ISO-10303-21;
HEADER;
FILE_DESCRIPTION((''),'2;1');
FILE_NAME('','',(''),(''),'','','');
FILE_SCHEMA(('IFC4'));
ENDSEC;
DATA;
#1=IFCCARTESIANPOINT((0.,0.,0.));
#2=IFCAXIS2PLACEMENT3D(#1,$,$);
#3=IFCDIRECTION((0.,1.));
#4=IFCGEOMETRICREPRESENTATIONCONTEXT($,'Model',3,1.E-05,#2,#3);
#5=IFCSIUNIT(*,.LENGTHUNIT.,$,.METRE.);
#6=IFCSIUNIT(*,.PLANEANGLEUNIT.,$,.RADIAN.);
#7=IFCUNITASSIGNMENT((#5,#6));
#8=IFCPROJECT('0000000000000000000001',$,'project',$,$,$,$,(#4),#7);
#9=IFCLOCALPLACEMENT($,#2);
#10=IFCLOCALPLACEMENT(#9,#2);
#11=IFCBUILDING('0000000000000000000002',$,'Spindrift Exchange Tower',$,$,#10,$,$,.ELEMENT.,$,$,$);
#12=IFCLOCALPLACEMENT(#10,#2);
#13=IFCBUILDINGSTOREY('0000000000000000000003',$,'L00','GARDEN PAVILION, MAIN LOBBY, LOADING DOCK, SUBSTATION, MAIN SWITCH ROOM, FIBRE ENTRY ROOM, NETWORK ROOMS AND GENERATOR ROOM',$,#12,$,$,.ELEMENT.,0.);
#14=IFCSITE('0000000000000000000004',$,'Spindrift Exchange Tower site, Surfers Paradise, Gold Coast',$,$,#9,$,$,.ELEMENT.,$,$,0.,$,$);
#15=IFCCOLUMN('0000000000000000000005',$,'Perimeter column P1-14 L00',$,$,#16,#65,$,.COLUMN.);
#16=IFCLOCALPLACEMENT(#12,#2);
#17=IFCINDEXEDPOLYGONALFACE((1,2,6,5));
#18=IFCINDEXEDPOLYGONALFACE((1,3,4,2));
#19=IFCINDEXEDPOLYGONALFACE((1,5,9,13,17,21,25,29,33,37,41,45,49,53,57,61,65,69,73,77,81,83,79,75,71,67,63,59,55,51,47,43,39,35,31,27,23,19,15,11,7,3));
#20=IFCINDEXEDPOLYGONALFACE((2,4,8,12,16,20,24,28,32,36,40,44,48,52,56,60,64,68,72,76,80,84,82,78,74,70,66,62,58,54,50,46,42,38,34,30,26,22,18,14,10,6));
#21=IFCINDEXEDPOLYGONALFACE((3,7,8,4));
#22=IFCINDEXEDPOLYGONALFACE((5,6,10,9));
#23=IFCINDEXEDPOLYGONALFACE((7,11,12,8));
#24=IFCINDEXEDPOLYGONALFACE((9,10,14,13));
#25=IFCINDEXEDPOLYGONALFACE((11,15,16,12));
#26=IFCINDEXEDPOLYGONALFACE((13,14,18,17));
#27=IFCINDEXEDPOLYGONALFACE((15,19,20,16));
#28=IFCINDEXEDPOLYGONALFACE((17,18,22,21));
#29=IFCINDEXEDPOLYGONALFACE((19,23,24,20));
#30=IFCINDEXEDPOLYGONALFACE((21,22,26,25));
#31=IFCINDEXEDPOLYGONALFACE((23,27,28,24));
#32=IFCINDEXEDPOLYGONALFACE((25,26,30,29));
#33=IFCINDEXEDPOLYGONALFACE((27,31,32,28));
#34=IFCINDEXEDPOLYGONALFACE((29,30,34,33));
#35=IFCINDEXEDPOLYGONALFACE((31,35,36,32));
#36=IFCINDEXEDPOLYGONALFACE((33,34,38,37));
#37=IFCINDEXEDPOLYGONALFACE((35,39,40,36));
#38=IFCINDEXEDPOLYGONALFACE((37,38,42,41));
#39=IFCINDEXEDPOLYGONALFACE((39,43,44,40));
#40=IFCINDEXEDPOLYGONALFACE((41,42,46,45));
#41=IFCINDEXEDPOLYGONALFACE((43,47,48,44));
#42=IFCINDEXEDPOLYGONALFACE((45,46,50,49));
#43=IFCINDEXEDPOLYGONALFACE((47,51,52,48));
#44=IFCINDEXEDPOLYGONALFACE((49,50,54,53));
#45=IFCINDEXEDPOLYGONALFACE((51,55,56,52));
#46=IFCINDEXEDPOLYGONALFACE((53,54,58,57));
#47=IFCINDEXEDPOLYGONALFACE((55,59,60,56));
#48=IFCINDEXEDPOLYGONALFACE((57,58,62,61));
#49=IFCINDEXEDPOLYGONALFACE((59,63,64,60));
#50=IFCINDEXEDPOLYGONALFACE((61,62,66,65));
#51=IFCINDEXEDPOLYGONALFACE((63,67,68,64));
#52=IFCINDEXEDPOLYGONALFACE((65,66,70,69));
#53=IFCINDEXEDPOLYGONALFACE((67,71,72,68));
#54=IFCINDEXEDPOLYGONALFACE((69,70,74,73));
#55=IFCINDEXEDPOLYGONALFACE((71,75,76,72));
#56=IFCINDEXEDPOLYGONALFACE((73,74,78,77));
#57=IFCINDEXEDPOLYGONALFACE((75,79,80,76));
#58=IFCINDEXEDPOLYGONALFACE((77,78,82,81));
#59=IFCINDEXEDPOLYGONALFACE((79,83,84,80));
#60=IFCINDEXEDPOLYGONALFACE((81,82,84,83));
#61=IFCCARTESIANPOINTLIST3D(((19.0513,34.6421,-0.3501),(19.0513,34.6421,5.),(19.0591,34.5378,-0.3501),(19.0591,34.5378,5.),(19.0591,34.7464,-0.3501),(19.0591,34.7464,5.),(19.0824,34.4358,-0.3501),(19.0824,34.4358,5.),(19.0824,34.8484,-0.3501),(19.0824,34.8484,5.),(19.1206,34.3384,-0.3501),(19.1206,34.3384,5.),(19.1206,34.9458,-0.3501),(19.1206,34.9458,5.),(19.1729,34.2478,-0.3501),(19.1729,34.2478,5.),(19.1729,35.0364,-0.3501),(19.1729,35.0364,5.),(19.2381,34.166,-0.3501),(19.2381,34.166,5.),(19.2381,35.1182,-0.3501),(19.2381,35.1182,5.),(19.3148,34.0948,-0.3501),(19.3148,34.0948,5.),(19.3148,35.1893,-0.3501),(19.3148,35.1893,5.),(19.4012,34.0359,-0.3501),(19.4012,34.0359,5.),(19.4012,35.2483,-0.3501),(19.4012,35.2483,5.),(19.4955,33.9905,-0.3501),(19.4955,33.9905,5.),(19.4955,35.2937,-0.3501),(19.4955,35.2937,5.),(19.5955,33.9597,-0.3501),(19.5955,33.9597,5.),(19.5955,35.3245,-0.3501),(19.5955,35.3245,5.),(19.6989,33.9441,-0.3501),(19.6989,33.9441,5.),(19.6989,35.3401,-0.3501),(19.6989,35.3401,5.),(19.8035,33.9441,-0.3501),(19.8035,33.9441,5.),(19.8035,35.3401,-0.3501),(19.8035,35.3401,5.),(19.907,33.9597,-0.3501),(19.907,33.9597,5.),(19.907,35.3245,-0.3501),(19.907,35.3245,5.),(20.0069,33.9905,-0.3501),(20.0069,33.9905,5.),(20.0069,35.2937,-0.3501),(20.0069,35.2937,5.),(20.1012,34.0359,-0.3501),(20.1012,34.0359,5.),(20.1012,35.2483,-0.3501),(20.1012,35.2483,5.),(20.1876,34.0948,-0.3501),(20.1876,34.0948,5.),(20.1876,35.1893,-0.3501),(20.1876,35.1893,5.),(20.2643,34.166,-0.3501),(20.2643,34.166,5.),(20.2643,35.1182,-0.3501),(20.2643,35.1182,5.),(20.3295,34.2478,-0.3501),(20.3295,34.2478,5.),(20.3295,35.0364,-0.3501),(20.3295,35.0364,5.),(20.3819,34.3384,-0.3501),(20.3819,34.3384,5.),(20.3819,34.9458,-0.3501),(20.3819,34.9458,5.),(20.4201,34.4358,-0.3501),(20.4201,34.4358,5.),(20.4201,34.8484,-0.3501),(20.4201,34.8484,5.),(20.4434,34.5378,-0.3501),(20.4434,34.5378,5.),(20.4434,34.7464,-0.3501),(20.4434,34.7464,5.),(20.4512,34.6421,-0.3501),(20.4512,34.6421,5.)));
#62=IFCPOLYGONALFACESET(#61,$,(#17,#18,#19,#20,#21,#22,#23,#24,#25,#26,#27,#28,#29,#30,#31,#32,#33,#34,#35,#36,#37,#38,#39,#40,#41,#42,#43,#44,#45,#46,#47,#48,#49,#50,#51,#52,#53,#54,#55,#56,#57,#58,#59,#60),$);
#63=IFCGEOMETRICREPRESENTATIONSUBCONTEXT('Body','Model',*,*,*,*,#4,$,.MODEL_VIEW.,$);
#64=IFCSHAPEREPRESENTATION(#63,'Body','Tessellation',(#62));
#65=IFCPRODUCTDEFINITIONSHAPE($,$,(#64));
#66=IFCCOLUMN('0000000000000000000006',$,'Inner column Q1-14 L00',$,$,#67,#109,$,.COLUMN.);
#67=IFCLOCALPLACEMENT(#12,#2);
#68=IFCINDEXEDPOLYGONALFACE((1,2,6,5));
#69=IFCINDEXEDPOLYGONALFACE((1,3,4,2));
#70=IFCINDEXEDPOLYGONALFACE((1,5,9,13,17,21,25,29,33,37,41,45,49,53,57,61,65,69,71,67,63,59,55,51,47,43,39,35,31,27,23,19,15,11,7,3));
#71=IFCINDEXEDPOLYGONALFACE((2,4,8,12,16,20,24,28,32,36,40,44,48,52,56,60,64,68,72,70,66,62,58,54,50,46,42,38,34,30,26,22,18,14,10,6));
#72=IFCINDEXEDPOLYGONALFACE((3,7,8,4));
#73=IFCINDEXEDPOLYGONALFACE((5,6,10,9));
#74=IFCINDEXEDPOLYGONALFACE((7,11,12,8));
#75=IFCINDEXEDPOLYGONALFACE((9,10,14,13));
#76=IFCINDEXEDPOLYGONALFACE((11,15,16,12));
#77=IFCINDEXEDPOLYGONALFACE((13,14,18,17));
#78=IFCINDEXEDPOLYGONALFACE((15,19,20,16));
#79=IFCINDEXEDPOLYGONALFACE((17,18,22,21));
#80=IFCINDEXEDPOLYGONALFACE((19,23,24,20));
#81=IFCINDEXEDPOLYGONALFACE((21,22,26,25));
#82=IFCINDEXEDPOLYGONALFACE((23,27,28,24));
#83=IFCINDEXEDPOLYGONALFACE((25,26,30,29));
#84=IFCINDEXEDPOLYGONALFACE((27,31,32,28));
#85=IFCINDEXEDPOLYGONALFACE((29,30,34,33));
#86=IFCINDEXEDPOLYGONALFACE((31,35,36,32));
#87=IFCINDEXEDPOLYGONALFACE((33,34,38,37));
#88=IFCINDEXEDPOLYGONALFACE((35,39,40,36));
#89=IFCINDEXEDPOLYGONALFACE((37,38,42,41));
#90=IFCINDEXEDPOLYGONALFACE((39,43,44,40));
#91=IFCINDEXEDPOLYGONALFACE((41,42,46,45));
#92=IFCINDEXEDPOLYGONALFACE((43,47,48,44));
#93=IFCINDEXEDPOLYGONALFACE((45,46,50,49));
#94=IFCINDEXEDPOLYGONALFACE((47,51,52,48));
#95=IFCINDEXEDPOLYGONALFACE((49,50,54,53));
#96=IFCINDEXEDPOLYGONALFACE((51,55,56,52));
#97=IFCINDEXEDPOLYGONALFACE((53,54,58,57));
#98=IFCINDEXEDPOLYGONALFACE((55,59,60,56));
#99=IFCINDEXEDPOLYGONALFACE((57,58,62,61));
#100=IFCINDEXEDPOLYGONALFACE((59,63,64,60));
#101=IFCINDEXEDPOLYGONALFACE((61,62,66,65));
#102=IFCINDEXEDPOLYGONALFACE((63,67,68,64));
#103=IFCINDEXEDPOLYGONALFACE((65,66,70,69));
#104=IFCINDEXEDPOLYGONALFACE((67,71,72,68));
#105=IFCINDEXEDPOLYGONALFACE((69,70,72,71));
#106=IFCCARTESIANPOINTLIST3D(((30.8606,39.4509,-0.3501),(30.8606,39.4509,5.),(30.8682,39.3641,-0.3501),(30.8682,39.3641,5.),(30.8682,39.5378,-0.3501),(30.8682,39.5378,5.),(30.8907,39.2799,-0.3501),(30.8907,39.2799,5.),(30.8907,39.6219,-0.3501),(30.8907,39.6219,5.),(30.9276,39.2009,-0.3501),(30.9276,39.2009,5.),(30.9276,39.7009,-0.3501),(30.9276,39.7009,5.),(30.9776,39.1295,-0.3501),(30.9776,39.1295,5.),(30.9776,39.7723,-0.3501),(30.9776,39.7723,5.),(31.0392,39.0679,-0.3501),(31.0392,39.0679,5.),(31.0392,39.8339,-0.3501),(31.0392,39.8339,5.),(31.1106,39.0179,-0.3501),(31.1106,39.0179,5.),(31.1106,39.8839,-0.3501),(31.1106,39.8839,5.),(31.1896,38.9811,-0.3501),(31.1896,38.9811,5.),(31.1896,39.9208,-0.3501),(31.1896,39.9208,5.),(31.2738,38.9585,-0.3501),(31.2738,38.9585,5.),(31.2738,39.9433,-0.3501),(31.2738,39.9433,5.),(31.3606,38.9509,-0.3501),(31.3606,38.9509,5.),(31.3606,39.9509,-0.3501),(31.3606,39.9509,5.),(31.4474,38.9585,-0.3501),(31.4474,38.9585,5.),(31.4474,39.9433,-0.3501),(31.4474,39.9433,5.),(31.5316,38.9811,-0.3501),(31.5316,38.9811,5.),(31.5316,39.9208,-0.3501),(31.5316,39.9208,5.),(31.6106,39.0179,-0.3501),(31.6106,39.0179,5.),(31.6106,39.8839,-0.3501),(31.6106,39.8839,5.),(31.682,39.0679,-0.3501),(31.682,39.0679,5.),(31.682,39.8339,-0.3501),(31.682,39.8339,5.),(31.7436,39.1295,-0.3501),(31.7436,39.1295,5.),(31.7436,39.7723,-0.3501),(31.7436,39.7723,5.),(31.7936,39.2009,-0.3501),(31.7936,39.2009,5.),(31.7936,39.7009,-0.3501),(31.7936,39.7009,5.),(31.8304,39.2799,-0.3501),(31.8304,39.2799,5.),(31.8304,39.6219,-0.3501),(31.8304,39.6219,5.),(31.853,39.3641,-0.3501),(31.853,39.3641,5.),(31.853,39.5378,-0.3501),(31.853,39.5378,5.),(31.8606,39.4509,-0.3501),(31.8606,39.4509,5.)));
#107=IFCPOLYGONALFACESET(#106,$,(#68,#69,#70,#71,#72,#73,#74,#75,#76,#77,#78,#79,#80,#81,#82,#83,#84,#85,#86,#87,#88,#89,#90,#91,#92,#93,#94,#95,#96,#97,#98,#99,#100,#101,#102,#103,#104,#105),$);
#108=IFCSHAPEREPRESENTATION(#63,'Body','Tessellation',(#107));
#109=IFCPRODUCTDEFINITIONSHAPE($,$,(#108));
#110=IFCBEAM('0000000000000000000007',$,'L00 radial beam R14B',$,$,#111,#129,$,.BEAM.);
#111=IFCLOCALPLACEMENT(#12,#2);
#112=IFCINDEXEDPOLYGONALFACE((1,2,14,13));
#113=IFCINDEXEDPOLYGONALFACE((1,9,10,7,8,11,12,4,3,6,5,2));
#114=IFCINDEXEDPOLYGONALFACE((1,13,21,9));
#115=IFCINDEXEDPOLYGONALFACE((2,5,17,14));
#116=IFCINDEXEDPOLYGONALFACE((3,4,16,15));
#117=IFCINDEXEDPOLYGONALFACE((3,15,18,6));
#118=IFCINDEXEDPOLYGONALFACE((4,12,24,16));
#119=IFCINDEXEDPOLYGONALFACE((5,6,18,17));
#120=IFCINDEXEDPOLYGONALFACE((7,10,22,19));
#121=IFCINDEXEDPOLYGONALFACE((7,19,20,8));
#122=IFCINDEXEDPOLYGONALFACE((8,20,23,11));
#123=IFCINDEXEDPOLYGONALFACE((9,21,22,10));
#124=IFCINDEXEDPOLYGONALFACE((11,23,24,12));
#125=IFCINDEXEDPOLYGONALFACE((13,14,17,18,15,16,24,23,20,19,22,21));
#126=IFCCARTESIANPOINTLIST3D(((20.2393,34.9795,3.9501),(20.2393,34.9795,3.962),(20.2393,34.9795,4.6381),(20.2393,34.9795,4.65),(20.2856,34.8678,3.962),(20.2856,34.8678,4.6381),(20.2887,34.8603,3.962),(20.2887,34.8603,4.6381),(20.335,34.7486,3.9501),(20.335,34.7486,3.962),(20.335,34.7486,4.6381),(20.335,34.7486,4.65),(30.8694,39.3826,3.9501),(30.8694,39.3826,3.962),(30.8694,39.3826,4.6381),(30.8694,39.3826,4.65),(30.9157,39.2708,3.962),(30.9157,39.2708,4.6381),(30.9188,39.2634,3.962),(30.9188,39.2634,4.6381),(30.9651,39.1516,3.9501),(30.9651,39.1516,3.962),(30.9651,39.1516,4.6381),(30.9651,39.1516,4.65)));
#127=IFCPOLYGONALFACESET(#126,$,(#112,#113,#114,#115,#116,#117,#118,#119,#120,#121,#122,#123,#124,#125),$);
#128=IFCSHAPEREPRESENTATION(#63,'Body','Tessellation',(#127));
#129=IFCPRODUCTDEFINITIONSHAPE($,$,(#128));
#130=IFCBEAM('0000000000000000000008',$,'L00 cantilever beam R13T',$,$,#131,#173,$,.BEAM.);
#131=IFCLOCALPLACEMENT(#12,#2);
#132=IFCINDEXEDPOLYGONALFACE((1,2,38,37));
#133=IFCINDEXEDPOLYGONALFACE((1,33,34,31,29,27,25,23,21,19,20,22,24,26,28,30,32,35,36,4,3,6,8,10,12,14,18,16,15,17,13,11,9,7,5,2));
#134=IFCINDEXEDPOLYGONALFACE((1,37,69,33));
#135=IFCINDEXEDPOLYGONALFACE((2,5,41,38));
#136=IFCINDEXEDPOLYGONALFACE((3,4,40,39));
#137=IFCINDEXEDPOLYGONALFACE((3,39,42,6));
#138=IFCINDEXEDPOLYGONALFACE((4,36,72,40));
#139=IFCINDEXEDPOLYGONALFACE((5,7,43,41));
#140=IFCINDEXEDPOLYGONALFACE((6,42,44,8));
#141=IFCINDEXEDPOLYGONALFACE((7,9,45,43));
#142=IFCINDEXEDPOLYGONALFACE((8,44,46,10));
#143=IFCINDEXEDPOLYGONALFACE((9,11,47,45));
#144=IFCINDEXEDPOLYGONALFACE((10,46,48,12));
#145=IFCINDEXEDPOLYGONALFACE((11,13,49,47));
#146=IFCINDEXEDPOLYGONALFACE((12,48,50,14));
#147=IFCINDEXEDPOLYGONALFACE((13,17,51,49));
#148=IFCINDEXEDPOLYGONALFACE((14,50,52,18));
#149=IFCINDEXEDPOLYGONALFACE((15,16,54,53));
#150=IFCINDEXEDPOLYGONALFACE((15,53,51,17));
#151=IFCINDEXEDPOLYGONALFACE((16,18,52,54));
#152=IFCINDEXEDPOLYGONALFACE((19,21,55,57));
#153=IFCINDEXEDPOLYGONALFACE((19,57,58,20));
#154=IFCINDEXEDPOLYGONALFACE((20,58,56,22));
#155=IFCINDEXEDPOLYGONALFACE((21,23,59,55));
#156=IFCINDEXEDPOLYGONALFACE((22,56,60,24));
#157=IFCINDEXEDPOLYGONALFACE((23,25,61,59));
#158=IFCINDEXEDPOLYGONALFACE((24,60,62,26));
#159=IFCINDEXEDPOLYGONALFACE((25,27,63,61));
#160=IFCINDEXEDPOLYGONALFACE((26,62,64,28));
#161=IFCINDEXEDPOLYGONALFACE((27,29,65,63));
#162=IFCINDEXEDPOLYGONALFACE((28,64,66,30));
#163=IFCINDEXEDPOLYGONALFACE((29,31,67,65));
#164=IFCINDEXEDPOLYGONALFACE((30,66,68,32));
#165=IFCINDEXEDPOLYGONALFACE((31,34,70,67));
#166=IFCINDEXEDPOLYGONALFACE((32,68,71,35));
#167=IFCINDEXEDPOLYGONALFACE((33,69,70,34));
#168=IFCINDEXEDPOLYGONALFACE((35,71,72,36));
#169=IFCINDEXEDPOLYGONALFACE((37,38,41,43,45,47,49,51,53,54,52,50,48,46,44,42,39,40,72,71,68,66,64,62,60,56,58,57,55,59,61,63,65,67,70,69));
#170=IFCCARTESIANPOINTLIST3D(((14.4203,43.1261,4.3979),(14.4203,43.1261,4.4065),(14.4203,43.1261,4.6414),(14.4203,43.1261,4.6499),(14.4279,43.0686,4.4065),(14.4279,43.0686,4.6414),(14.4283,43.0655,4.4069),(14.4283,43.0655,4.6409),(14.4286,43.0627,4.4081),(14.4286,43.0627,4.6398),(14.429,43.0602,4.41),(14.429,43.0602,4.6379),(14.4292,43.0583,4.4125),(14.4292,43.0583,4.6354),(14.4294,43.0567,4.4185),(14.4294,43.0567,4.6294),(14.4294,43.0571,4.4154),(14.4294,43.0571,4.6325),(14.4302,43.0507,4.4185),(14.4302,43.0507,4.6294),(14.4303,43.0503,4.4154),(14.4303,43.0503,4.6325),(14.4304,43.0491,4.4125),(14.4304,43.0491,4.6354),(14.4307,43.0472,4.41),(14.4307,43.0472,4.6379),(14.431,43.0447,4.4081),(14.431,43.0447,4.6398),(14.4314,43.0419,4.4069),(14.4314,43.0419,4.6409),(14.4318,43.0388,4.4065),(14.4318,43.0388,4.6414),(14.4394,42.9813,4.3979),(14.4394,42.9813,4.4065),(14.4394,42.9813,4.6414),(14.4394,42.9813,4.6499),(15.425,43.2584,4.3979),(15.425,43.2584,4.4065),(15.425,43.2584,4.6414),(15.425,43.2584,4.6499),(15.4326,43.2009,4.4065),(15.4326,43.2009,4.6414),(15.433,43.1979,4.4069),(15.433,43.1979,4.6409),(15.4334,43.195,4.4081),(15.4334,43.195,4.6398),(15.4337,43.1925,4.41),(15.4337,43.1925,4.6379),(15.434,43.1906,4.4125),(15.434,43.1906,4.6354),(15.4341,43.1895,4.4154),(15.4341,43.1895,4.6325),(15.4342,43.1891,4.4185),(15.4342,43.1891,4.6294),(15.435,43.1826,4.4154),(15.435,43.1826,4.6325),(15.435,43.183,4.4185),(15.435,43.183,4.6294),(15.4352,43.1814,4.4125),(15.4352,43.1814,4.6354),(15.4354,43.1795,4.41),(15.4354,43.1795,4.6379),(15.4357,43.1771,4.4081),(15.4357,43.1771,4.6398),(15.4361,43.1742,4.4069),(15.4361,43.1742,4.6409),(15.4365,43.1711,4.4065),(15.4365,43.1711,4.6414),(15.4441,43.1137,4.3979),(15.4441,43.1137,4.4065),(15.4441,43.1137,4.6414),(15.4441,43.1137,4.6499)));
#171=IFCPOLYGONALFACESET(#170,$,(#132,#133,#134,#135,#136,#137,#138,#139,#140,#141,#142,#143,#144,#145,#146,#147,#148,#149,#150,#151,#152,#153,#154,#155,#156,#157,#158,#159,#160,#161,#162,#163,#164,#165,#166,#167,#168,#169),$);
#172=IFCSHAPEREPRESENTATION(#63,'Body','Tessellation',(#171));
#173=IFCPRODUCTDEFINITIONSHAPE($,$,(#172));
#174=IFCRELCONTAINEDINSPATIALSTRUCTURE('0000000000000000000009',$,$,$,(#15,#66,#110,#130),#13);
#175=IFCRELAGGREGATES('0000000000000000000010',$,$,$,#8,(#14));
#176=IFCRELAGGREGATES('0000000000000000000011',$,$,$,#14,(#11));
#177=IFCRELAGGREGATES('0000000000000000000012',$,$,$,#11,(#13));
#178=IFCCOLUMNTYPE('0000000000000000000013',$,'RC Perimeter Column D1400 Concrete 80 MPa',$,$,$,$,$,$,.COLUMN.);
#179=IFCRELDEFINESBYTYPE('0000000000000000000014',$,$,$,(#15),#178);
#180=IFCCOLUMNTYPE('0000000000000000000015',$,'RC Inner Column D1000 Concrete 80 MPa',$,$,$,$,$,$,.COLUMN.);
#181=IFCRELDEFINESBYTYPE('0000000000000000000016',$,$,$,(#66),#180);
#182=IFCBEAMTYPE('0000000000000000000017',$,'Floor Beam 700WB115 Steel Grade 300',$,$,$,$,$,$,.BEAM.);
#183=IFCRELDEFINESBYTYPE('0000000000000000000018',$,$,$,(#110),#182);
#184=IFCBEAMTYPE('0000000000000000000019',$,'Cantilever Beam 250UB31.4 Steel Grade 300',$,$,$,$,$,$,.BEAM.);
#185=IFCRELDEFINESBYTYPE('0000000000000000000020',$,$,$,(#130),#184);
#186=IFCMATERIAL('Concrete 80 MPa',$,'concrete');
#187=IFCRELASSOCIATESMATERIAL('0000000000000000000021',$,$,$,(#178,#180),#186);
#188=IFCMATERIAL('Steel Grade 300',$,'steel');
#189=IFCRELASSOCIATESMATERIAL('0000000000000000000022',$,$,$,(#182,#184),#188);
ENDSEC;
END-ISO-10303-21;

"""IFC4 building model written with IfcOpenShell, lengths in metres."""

from ifc_helpers import new_model, si_unit, direction, frame, origin, origin_2d, place, context, subcontext, project, spatial, circle, i_section, extrude, source, transform, mapped, material, material_profile, profile_set, type_object, element, save


model = new_model("IFC4")

# Units and contexts
model_context = context("Model", 3, precision=1e-05, world=origin(), true_north=direction((0.0, 1.0)))
body_context = subcontext(model_context, "Body", "Model", "MODEL_VIEW")
ifc_project = project(units=[si_unit("LENGTHUNIT", "METRE"), si_unit("PLANEANGLEUNIT", "RADIAN")], contexts=[model_context])

# Site, building, storey
site_placement = place(None, origin())
site = spatial("IfcSite", under=ifc_project, at=site_placement, Name="Spindrift Exchange Tower site, Surfers Paradise, Gold Coast", CompositionType="ELEMENT", RefElevation=0.0)
building_placement = place(site_placement, origin())
building = spatial("IfcBuilding", under=site, at=building_placement, Name="Spindrift Exchange Tower", CompositionType="ELEMENT")
storey_placement = place(building_placement, origin())
storey = spatial("IfcBuildingStorey", under=building, at=storey_placement, Name="L00", Description="GARDEN PAVILION, MAIN LOBBY, LOADING DOCK, SUBSTATION, MAIN SWITCH ROOM, FIBRE ENTRY ROOM, NETWORK ROOMS AND GENERATOR ROOM", CompositionType="ELEMENT", Elevation=0.0)

# Columns
ifc_material_1 = material(Name="Concrete 80 MPa", Category="concrete")
ifc_material_profile_1 = material_profile(ifc_material_1, circle(Radius=0.7, at=origin_2d()), Name="RC D1400")
ifc_profile_set_1 = profile_set([ifc_material_profile_1], Name="Concrete 80 MPa")
column_type_1 = type_object("IfcColumnType", Name="RC Perimeter Column D1400 Concrete 80 MPa", PredefinedType="COLUMN", material=ifc_profile_set_1)
shared_shape_1 = source(origin(), body_context, "Body", "SweptSolid", [
    extrude(circle(Radius=0.7, at=origin_2d()), origin(), (0.0, 0.0, 1.0), 5.3501),
])
for number, where, z_axis, x_axis, name in (
    (1, (19.7512, 34.6421, -0.3501), (0.0, 0.0, 1.0), (1.0, 0.0, 0.0), "Perimeter column P1-14 L00"),
):
    element("IfcColumn", number, at=place(storey_placement, frame(where, z_axis=z_axis, x_axis=x_axis)), inside=storey, type_object=column_type_1, Name=name, PredefinedType="COLUMN", context=body_context, shape_type="MappedRepresentation", body=[
        mapped(shared_shape_1, transform((0.0, 0.0, 0.0), scale=1.0)),
    ])
ifc_material_profile_2 = material_profile(ifc_material_1, circle(Radius=0.5, at=origin_2d()), Name="RC D1000")
ifc_profile_set_2 = profile_set([ifc_material_profile_2], Name="Concrete 80 MPa")
column_type_2 = type_object("IfcColumnType", Name="RC Inner Column D1000 Concrete 80 MPa", PredefinedType="COLUMN", material=ifc_profile_set_2)
shared_shape_2 = source(origin(), body_context, "Body", "SweptSolid", [
    extrude(circle(Radius=0.5, at=origin_2d()), origin(), (0.0, 0.0, 1.0), 5.3501),
])
column_placement = place(storey_placement, frame((31.3606, 39.4509, -0.3501), z_axis=(0.0, 0.0, 1.0), x_axis=(1.0, 0.0, 0.0)))
element("IfcColumn", 2, at=column_placement, inside=storey, type_object=column_type_2, Name="Inner column Q1-14 L00", PredefinedType="COLUMN", context=body_context, shape_type="MappedRepresentation", body=[
    mapped(shared_shape_2, transform((0.0, 0.0, 0.0), scale=1.0)),
])

# Beams
ifc_material_2 = material(Name="Steel Grade 300", Category="steel")
ifc_material_profile_3 = material_profile(ifc_material_2, i_section(OverallWidth=0.25, OverallDepth=0.7, WebThickness=0.0081, FlangeThickness=0.012, at=origin_2d()), Name="700WB115")
ifc_profile_set_3 = profile_set([ifc_material_profile_3], Name="Steel Grade 300")
beam_type_1 = type_object("IfcBeamType", Name="Floor Beam 700WB115 Steel Grade 300", PredefinedType="BEAM", material=ifc_profile_set_3)
shared_shape_3 = source(origin(), body_context, "Body", "SweptSolid", [
    extrude(i_section(OverallWidth=0.25, OverallDepth=0.7, WebThickness=0.0081, FlangeThickness=0.012, at=origin_2d()), origin(), (0.0, 0.0, 1.0), 11.5059),
])
beam_1_placement = place(storey_placement, frame((30.9172, 39.2671, 4.3), z_axis=(-0.923882, -0.382678, 0.0), x_axis=(0.382678, -0.923882, 0.0)))
element("IfcBeam", 3, at=beam_1_placement, inside=storey, type_object=beam_type_1, Name="L00 radial beam R14B", PredefinedType="BEAM", context=body_context, shape_type="MappedRepresentation", body=[
    mapped(shared_shape_3, transform((0.0, 0.0, 0.0), scale=1.0)),
])
ifc_material_profile_4 = material_profile(ifc_material_2, i_section(OverallWidth=0.146, OverallDepth=0.252, WebThickness=0.0061, FlangeThickness=0.0085, FilletRadius=0.012, at=origin_2d()), Name="250UB31.4")
ifc_profile_set_4 = profile_set([ifc_material_profile_4], Name="Steel Grade 300")
beam_type_2 = type_object("IfcBeamType", Name="Cantilever Beam 250UB31.4 Steel Grade 300", PredefinedType="BEAM", material=ifc_profile_set_4)
shared_shape_4 = source(origin(), body_context, "Body", "SweptSolid", [
    extrude(i_section(OverallWidth=0.146, OverallDepth=0.252, WebThickness=0.0061, FlangeThickness=0.0085, FilletRadius=0.012, at=origin_2d()), origin(), (0.0, 0.0, 1.0), 1.0134),
])
beam_2_placement = place(storey_placement, frame((15.4346, 43.186, 4.5239), z_axis=(-0.991437, -0.130585, 0.0), x_axis=(0.130585, -0.991437, 0.0)))
element("IfcBeam", 4, at=beam_2_placement, inside=storey, type_object=beam_type_2, Name="L00 cantilever beam R13T", PredefinedType="BEAM", context=body_context, shape_type="MappedRepresentation", body=[
    mapped(shared_shape_4, transform((0.0, 0.0, 0.0), scale=1.0)),
])

save(model, "model.ifc")
